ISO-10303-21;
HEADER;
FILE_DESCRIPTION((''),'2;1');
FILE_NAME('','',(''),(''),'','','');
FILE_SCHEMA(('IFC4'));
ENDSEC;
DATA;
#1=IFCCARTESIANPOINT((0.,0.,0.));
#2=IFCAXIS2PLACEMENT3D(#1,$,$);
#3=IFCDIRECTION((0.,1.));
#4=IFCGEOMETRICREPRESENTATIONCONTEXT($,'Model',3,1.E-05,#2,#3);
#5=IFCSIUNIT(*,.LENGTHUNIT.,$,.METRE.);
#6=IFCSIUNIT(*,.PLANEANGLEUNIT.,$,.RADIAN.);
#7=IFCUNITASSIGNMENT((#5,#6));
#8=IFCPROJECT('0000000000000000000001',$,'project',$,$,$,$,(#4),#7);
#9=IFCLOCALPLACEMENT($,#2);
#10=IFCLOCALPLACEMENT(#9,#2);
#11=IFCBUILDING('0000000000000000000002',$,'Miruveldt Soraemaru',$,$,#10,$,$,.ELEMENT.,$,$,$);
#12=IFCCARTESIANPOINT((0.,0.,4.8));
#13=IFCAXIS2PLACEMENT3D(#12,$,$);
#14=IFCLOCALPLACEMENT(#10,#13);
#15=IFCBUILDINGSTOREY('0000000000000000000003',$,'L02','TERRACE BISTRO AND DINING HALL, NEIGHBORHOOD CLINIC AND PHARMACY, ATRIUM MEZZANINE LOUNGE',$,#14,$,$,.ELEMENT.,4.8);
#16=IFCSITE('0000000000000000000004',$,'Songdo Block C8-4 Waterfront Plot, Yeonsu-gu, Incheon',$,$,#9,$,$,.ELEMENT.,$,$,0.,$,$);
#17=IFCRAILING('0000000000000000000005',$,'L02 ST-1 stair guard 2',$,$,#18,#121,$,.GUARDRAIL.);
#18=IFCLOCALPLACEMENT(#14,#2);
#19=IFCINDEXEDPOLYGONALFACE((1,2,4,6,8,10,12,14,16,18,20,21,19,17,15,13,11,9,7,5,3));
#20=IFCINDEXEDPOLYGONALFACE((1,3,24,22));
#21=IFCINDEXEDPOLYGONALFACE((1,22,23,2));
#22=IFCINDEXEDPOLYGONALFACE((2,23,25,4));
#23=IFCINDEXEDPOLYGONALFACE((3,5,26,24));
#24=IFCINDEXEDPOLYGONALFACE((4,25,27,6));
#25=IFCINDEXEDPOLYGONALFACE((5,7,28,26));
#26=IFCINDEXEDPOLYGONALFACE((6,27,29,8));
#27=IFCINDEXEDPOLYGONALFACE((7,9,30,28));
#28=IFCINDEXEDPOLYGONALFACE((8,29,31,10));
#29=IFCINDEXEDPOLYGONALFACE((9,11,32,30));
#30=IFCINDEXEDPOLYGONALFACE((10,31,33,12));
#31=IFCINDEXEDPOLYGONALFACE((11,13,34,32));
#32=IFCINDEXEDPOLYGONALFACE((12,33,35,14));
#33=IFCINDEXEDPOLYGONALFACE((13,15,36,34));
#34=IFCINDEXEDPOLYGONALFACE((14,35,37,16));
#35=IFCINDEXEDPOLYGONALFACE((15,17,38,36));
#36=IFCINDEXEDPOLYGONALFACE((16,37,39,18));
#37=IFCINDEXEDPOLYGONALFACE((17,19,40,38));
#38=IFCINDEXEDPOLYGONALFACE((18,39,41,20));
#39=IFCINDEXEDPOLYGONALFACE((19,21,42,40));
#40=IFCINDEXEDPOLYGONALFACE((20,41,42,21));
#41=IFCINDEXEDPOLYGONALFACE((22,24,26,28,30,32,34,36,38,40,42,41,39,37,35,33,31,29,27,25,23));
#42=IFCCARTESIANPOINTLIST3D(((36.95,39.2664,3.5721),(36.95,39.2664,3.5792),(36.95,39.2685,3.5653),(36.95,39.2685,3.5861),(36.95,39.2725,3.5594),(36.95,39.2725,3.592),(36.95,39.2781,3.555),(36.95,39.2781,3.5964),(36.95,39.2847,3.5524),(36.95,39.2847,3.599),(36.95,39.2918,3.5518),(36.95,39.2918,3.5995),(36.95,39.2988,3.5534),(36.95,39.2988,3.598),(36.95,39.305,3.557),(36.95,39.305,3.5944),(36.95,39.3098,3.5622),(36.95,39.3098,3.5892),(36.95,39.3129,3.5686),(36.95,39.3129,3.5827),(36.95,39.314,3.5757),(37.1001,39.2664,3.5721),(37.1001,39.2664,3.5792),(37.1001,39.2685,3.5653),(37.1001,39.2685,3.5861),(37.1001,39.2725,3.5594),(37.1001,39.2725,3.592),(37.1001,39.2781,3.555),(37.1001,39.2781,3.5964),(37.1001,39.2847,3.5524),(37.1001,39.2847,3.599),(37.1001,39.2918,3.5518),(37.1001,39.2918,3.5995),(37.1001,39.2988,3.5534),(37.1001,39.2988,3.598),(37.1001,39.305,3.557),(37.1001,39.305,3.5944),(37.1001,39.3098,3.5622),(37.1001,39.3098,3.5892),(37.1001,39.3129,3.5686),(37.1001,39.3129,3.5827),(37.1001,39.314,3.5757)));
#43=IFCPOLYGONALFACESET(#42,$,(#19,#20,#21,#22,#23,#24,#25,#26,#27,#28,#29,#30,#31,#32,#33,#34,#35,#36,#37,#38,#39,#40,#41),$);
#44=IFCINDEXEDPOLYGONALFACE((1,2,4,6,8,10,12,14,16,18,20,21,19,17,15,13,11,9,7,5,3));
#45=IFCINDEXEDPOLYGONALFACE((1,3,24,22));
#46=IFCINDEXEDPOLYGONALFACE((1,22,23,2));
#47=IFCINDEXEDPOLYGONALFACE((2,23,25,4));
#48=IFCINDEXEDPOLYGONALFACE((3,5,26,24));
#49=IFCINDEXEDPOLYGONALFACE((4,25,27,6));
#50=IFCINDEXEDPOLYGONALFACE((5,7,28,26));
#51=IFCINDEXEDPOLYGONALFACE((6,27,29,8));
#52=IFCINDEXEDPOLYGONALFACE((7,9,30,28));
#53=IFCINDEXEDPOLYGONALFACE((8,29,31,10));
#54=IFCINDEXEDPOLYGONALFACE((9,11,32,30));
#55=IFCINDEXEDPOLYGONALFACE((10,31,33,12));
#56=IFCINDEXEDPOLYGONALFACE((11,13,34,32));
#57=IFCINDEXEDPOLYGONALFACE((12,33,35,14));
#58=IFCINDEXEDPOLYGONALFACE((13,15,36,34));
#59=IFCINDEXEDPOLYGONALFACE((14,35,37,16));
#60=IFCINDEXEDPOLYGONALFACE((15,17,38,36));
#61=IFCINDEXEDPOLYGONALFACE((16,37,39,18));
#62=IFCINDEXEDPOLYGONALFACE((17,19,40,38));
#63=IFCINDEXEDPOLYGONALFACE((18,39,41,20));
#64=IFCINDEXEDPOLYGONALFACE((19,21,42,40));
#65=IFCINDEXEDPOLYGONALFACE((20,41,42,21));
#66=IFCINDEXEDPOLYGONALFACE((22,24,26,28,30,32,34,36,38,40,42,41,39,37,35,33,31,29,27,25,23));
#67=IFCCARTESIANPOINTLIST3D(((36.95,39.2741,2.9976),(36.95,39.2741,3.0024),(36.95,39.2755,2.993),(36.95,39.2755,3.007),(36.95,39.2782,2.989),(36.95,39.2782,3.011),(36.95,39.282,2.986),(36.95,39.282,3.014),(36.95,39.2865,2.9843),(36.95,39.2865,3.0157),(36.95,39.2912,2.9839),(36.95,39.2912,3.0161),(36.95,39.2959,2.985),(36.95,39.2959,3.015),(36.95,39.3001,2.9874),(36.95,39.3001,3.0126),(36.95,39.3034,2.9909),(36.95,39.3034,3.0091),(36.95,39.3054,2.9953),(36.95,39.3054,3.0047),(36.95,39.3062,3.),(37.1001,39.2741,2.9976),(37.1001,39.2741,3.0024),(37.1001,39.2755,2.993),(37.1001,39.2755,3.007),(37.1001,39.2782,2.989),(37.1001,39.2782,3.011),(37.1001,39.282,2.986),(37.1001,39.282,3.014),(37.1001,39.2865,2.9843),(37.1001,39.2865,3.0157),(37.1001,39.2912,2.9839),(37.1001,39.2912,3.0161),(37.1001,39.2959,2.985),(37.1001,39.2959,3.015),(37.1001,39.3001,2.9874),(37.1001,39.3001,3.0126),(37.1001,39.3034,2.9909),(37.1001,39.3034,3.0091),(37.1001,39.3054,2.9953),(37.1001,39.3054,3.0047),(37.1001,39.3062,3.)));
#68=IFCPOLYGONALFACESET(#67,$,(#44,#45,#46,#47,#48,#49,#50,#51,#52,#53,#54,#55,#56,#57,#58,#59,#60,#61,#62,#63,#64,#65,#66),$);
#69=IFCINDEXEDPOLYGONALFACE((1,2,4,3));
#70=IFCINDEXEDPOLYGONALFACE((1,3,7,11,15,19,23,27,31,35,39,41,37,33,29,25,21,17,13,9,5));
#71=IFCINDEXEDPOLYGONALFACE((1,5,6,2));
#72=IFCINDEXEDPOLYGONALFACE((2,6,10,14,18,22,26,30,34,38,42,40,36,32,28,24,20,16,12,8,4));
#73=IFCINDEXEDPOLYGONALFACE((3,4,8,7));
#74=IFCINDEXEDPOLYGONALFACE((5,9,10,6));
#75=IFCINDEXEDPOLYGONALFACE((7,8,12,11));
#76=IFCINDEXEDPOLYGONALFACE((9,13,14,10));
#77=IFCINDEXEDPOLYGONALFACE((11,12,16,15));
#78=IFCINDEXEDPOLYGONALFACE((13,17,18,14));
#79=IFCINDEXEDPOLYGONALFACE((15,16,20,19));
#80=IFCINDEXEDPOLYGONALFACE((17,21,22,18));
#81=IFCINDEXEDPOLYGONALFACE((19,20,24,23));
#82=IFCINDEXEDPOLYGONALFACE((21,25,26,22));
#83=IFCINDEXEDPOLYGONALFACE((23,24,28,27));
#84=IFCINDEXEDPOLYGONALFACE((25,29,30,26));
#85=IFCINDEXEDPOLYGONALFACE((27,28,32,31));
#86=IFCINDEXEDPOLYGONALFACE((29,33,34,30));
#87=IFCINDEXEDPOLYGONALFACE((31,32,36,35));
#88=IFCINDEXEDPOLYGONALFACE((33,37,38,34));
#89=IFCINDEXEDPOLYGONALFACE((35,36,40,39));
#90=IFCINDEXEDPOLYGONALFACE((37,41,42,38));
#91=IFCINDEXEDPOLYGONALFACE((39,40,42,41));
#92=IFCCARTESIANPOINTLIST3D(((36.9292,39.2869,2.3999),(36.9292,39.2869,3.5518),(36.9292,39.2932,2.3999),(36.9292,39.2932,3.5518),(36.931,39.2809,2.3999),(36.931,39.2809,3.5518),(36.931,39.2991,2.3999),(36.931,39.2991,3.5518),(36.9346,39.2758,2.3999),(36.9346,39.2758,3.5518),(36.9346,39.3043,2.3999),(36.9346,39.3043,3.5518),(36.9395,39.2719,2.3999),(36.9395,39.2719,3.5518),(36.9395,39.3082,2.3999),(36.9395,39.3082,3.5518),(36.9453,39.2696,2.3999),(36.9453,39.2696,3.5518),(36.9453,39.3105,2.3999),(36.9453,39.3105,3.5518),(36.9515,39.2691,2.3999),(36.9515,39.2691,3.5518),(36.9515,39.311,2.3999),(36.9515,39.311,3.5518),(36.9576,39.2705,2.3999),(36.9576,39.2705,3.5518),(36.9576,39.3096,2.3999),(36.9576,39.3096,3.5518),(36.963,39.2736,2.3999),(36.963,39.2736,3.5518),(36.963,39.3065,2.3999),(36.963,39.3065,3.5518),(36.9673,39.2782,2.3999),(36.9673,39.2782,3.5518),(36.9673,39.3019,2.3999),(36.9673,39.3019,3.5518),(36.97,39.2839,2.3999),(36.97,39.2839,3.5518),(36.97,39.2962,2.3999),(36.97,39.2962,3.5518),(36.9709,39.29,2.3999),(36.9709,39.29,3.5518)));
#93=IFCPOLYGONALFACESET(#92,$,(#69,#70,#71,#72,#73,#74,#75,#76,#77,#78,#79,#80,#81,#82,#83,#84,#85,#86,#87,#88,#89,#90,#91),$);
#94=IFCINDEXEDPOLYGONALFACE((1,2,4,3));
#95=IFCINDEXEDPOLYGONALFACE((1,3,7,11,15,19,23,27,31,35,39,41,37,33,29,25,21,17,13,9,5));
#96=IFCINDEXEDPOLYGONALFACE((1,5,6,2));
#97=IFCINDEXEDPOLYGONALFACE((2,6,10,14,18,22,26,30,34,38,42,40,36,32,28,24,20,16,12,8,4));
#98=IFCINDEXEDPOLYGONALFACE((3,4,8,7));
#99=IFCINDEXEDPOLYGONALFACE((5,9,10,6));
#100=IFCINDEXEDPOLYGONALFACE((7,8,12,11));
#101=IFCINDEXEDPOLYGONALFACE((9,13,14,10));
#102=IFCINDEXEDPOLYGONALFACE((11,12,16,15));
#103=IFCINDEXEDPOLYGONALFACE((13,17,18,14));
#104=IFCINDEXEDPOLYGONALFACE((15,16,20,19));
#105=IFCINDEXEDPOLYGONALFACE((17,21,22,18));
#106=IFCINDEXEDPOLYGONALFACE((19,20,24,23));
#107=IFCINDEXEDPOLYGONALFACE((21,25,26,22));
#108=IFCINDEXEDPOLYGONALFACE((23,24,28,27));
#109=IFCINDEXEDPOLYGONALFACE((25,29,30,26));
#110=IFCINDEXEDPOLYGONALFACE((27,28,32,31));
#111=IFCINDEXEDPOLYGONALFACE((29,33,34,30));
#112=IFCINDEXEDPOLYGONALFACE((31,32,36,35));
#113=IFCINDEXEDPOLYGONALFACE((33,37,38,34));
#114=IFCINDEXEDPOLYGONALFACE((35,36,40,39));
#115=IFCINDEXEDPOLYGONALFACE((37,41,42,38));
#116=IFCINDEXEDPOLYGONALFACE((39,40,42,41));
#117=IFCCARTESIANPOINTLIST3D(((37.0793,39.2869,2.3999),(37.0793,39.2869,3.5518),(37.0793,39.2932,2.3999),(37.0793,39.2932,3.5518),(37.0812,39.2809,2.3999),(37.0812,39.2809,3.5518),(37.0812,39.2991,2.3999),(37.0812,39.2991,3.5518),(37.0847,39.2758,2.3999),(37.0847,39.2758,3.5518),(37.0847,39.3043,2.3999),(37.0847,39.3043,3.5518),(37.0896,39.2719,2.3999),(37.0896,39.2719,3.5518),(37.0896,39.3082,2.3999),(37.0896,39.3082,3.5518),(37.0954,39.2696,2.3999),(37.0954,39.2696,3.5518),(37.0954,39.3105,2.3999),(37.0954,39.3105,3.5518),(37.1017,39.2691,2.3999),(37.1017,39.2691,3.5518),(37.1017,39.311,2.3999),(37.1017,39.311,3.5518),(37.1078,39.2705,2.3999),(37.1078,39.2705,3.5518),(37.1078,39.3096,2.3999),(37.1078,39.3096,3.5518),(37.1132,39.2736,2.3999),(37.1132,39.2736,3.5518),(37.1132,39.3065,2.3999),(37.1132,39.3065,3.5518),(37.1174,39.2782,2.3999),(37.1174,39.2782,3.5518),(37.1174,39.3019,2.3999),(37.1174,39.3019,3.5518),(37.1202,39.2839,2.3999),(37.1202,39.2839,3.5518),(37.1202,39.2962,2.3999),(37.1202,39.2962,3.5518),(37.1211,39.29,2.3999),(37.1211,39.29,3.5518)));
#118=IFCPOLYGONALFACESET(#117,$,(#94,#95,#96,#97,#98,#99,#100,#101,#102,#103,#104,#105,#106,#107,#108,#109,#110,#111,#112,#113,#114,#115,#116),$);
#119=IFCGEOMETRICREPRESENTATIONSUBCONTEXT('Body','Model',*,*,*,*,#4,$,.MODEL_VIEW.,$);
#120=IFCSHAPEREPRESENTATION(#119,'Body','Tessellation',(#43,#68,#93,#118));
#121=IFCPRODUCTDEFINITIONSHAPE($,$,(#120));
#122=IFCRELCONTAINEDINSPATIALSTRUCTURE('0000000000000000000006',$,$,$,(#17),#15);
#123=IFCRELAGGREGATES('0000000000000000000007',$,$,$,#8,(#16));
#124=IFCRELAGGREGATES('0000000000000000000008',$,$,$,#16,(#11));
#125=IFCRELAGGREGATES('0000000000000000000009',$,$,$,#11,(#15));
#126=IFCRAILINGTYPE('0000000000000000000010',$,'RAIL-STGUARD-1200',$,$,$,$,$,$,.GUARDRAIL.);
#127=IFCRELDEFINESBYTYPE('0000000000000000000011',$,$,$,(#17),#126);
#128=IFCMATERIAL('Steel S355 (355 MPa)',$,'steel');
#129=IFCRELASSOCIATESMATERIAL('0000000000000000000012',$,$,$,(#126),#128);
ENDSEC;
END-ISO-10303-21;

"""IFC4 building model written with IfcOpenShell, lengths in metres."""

from ifc_helpers import new_model, si_unit, direction, frame, origin, origin_2d, place, context, subcontext, project, spatial, circle, extrude, material, type_object, element, save


model = new_model("IFC4")

# Units and contexts
model_context = context("Model", 3, precision=1e-05, world=origin(), true_north=direction((0.0, 1.0)))
body_context = subcontext(model_context, "Body", "Model", "MODEL_VIEW")
ifc_project = project(units=[si_unit("LENGTHUNIT", "METRE"), si_unit("PLANEANGLEUNIT", "RADIAN")], contexts=[model_context])

# Site, building, storey
site_placement = place(None, origin())
site = spatial("IfcSite", under=ifc_project, at=site_placement, Name="Songdo Block C8-4 Waterfront Plot, Yeonsu-gu, Incheon", CompositionType="ELEMENT", RefElevation=0.0)
building_placement = place(site_placement, origin())
building = spatial("IfcBuilding", under=site, at=building_placement, Name="Miruveldt Soraemaru", CompositionType="ELEMENT")
storey_placement = place(building_placement, frame((0.0, 0.0, 4.8)))
storey = spatial("IfcBuildingStorey", under=building, at=storey_placement, Name="L02", Description="TERRACE BISTRO AND DINING HALL, NEIGHBORHOOD CLINIC AND PHARMACY, ATRIUM MEZZANINE LOUNGE", CompositionType="ELEMENT", Elevation=4.8)

# Railing
ifc_material_1 = material(Name="Steel S355 (355 MPa)", Category="steel")
railing_type_1 = type_object("IfcRailingType", Name="RAIL-STGUARD-1200", PredefinedType="GUARDRAIL", material=ifc_material_1)
railing_1_placement = place(storey_placement, frame((36.95, 39.29, 2.3999)))
element("IfcRailing", 1, at=railing_1_placement, inside=storey, type_object=railing_type_1, Name="L02 ST-1 stair guard 2", PredefinedType="GUARDRAIL", context=body_context, shape_type="SweptSolid", body=[
    extrude(circle(Radius=0.0239, at=origin_2d()), frame((0.0, 0.0, 1.1758), z_axis=(1.0, 0.0, 0.0), x_axis=(0.0, 1.0, 0.0)), (0.0, 0.0, 1.0), 0.1501),
    extrude(circle(Radius=0.0161, at=origin_2d()), frame((0.0, 0.0, 0.6001), z_axis=(1.0, 0.0, 0.0), x_axis=(0.0, 1.0, 0.0)), (0.0, 0.0, 1.0), 0.1501),
    extrude(circle(Radius=0.021, at=origin_2d()), origin(), (0.0, 0.0, 1.0), 1.1519),
    extrude(circle(Radius=0.021, at=origin_2d()), frame((0.1501, 0.0, 0.0)), (0.0, 0.0, 1.0), 1.1519),
])

save(model, "model.ifc")
